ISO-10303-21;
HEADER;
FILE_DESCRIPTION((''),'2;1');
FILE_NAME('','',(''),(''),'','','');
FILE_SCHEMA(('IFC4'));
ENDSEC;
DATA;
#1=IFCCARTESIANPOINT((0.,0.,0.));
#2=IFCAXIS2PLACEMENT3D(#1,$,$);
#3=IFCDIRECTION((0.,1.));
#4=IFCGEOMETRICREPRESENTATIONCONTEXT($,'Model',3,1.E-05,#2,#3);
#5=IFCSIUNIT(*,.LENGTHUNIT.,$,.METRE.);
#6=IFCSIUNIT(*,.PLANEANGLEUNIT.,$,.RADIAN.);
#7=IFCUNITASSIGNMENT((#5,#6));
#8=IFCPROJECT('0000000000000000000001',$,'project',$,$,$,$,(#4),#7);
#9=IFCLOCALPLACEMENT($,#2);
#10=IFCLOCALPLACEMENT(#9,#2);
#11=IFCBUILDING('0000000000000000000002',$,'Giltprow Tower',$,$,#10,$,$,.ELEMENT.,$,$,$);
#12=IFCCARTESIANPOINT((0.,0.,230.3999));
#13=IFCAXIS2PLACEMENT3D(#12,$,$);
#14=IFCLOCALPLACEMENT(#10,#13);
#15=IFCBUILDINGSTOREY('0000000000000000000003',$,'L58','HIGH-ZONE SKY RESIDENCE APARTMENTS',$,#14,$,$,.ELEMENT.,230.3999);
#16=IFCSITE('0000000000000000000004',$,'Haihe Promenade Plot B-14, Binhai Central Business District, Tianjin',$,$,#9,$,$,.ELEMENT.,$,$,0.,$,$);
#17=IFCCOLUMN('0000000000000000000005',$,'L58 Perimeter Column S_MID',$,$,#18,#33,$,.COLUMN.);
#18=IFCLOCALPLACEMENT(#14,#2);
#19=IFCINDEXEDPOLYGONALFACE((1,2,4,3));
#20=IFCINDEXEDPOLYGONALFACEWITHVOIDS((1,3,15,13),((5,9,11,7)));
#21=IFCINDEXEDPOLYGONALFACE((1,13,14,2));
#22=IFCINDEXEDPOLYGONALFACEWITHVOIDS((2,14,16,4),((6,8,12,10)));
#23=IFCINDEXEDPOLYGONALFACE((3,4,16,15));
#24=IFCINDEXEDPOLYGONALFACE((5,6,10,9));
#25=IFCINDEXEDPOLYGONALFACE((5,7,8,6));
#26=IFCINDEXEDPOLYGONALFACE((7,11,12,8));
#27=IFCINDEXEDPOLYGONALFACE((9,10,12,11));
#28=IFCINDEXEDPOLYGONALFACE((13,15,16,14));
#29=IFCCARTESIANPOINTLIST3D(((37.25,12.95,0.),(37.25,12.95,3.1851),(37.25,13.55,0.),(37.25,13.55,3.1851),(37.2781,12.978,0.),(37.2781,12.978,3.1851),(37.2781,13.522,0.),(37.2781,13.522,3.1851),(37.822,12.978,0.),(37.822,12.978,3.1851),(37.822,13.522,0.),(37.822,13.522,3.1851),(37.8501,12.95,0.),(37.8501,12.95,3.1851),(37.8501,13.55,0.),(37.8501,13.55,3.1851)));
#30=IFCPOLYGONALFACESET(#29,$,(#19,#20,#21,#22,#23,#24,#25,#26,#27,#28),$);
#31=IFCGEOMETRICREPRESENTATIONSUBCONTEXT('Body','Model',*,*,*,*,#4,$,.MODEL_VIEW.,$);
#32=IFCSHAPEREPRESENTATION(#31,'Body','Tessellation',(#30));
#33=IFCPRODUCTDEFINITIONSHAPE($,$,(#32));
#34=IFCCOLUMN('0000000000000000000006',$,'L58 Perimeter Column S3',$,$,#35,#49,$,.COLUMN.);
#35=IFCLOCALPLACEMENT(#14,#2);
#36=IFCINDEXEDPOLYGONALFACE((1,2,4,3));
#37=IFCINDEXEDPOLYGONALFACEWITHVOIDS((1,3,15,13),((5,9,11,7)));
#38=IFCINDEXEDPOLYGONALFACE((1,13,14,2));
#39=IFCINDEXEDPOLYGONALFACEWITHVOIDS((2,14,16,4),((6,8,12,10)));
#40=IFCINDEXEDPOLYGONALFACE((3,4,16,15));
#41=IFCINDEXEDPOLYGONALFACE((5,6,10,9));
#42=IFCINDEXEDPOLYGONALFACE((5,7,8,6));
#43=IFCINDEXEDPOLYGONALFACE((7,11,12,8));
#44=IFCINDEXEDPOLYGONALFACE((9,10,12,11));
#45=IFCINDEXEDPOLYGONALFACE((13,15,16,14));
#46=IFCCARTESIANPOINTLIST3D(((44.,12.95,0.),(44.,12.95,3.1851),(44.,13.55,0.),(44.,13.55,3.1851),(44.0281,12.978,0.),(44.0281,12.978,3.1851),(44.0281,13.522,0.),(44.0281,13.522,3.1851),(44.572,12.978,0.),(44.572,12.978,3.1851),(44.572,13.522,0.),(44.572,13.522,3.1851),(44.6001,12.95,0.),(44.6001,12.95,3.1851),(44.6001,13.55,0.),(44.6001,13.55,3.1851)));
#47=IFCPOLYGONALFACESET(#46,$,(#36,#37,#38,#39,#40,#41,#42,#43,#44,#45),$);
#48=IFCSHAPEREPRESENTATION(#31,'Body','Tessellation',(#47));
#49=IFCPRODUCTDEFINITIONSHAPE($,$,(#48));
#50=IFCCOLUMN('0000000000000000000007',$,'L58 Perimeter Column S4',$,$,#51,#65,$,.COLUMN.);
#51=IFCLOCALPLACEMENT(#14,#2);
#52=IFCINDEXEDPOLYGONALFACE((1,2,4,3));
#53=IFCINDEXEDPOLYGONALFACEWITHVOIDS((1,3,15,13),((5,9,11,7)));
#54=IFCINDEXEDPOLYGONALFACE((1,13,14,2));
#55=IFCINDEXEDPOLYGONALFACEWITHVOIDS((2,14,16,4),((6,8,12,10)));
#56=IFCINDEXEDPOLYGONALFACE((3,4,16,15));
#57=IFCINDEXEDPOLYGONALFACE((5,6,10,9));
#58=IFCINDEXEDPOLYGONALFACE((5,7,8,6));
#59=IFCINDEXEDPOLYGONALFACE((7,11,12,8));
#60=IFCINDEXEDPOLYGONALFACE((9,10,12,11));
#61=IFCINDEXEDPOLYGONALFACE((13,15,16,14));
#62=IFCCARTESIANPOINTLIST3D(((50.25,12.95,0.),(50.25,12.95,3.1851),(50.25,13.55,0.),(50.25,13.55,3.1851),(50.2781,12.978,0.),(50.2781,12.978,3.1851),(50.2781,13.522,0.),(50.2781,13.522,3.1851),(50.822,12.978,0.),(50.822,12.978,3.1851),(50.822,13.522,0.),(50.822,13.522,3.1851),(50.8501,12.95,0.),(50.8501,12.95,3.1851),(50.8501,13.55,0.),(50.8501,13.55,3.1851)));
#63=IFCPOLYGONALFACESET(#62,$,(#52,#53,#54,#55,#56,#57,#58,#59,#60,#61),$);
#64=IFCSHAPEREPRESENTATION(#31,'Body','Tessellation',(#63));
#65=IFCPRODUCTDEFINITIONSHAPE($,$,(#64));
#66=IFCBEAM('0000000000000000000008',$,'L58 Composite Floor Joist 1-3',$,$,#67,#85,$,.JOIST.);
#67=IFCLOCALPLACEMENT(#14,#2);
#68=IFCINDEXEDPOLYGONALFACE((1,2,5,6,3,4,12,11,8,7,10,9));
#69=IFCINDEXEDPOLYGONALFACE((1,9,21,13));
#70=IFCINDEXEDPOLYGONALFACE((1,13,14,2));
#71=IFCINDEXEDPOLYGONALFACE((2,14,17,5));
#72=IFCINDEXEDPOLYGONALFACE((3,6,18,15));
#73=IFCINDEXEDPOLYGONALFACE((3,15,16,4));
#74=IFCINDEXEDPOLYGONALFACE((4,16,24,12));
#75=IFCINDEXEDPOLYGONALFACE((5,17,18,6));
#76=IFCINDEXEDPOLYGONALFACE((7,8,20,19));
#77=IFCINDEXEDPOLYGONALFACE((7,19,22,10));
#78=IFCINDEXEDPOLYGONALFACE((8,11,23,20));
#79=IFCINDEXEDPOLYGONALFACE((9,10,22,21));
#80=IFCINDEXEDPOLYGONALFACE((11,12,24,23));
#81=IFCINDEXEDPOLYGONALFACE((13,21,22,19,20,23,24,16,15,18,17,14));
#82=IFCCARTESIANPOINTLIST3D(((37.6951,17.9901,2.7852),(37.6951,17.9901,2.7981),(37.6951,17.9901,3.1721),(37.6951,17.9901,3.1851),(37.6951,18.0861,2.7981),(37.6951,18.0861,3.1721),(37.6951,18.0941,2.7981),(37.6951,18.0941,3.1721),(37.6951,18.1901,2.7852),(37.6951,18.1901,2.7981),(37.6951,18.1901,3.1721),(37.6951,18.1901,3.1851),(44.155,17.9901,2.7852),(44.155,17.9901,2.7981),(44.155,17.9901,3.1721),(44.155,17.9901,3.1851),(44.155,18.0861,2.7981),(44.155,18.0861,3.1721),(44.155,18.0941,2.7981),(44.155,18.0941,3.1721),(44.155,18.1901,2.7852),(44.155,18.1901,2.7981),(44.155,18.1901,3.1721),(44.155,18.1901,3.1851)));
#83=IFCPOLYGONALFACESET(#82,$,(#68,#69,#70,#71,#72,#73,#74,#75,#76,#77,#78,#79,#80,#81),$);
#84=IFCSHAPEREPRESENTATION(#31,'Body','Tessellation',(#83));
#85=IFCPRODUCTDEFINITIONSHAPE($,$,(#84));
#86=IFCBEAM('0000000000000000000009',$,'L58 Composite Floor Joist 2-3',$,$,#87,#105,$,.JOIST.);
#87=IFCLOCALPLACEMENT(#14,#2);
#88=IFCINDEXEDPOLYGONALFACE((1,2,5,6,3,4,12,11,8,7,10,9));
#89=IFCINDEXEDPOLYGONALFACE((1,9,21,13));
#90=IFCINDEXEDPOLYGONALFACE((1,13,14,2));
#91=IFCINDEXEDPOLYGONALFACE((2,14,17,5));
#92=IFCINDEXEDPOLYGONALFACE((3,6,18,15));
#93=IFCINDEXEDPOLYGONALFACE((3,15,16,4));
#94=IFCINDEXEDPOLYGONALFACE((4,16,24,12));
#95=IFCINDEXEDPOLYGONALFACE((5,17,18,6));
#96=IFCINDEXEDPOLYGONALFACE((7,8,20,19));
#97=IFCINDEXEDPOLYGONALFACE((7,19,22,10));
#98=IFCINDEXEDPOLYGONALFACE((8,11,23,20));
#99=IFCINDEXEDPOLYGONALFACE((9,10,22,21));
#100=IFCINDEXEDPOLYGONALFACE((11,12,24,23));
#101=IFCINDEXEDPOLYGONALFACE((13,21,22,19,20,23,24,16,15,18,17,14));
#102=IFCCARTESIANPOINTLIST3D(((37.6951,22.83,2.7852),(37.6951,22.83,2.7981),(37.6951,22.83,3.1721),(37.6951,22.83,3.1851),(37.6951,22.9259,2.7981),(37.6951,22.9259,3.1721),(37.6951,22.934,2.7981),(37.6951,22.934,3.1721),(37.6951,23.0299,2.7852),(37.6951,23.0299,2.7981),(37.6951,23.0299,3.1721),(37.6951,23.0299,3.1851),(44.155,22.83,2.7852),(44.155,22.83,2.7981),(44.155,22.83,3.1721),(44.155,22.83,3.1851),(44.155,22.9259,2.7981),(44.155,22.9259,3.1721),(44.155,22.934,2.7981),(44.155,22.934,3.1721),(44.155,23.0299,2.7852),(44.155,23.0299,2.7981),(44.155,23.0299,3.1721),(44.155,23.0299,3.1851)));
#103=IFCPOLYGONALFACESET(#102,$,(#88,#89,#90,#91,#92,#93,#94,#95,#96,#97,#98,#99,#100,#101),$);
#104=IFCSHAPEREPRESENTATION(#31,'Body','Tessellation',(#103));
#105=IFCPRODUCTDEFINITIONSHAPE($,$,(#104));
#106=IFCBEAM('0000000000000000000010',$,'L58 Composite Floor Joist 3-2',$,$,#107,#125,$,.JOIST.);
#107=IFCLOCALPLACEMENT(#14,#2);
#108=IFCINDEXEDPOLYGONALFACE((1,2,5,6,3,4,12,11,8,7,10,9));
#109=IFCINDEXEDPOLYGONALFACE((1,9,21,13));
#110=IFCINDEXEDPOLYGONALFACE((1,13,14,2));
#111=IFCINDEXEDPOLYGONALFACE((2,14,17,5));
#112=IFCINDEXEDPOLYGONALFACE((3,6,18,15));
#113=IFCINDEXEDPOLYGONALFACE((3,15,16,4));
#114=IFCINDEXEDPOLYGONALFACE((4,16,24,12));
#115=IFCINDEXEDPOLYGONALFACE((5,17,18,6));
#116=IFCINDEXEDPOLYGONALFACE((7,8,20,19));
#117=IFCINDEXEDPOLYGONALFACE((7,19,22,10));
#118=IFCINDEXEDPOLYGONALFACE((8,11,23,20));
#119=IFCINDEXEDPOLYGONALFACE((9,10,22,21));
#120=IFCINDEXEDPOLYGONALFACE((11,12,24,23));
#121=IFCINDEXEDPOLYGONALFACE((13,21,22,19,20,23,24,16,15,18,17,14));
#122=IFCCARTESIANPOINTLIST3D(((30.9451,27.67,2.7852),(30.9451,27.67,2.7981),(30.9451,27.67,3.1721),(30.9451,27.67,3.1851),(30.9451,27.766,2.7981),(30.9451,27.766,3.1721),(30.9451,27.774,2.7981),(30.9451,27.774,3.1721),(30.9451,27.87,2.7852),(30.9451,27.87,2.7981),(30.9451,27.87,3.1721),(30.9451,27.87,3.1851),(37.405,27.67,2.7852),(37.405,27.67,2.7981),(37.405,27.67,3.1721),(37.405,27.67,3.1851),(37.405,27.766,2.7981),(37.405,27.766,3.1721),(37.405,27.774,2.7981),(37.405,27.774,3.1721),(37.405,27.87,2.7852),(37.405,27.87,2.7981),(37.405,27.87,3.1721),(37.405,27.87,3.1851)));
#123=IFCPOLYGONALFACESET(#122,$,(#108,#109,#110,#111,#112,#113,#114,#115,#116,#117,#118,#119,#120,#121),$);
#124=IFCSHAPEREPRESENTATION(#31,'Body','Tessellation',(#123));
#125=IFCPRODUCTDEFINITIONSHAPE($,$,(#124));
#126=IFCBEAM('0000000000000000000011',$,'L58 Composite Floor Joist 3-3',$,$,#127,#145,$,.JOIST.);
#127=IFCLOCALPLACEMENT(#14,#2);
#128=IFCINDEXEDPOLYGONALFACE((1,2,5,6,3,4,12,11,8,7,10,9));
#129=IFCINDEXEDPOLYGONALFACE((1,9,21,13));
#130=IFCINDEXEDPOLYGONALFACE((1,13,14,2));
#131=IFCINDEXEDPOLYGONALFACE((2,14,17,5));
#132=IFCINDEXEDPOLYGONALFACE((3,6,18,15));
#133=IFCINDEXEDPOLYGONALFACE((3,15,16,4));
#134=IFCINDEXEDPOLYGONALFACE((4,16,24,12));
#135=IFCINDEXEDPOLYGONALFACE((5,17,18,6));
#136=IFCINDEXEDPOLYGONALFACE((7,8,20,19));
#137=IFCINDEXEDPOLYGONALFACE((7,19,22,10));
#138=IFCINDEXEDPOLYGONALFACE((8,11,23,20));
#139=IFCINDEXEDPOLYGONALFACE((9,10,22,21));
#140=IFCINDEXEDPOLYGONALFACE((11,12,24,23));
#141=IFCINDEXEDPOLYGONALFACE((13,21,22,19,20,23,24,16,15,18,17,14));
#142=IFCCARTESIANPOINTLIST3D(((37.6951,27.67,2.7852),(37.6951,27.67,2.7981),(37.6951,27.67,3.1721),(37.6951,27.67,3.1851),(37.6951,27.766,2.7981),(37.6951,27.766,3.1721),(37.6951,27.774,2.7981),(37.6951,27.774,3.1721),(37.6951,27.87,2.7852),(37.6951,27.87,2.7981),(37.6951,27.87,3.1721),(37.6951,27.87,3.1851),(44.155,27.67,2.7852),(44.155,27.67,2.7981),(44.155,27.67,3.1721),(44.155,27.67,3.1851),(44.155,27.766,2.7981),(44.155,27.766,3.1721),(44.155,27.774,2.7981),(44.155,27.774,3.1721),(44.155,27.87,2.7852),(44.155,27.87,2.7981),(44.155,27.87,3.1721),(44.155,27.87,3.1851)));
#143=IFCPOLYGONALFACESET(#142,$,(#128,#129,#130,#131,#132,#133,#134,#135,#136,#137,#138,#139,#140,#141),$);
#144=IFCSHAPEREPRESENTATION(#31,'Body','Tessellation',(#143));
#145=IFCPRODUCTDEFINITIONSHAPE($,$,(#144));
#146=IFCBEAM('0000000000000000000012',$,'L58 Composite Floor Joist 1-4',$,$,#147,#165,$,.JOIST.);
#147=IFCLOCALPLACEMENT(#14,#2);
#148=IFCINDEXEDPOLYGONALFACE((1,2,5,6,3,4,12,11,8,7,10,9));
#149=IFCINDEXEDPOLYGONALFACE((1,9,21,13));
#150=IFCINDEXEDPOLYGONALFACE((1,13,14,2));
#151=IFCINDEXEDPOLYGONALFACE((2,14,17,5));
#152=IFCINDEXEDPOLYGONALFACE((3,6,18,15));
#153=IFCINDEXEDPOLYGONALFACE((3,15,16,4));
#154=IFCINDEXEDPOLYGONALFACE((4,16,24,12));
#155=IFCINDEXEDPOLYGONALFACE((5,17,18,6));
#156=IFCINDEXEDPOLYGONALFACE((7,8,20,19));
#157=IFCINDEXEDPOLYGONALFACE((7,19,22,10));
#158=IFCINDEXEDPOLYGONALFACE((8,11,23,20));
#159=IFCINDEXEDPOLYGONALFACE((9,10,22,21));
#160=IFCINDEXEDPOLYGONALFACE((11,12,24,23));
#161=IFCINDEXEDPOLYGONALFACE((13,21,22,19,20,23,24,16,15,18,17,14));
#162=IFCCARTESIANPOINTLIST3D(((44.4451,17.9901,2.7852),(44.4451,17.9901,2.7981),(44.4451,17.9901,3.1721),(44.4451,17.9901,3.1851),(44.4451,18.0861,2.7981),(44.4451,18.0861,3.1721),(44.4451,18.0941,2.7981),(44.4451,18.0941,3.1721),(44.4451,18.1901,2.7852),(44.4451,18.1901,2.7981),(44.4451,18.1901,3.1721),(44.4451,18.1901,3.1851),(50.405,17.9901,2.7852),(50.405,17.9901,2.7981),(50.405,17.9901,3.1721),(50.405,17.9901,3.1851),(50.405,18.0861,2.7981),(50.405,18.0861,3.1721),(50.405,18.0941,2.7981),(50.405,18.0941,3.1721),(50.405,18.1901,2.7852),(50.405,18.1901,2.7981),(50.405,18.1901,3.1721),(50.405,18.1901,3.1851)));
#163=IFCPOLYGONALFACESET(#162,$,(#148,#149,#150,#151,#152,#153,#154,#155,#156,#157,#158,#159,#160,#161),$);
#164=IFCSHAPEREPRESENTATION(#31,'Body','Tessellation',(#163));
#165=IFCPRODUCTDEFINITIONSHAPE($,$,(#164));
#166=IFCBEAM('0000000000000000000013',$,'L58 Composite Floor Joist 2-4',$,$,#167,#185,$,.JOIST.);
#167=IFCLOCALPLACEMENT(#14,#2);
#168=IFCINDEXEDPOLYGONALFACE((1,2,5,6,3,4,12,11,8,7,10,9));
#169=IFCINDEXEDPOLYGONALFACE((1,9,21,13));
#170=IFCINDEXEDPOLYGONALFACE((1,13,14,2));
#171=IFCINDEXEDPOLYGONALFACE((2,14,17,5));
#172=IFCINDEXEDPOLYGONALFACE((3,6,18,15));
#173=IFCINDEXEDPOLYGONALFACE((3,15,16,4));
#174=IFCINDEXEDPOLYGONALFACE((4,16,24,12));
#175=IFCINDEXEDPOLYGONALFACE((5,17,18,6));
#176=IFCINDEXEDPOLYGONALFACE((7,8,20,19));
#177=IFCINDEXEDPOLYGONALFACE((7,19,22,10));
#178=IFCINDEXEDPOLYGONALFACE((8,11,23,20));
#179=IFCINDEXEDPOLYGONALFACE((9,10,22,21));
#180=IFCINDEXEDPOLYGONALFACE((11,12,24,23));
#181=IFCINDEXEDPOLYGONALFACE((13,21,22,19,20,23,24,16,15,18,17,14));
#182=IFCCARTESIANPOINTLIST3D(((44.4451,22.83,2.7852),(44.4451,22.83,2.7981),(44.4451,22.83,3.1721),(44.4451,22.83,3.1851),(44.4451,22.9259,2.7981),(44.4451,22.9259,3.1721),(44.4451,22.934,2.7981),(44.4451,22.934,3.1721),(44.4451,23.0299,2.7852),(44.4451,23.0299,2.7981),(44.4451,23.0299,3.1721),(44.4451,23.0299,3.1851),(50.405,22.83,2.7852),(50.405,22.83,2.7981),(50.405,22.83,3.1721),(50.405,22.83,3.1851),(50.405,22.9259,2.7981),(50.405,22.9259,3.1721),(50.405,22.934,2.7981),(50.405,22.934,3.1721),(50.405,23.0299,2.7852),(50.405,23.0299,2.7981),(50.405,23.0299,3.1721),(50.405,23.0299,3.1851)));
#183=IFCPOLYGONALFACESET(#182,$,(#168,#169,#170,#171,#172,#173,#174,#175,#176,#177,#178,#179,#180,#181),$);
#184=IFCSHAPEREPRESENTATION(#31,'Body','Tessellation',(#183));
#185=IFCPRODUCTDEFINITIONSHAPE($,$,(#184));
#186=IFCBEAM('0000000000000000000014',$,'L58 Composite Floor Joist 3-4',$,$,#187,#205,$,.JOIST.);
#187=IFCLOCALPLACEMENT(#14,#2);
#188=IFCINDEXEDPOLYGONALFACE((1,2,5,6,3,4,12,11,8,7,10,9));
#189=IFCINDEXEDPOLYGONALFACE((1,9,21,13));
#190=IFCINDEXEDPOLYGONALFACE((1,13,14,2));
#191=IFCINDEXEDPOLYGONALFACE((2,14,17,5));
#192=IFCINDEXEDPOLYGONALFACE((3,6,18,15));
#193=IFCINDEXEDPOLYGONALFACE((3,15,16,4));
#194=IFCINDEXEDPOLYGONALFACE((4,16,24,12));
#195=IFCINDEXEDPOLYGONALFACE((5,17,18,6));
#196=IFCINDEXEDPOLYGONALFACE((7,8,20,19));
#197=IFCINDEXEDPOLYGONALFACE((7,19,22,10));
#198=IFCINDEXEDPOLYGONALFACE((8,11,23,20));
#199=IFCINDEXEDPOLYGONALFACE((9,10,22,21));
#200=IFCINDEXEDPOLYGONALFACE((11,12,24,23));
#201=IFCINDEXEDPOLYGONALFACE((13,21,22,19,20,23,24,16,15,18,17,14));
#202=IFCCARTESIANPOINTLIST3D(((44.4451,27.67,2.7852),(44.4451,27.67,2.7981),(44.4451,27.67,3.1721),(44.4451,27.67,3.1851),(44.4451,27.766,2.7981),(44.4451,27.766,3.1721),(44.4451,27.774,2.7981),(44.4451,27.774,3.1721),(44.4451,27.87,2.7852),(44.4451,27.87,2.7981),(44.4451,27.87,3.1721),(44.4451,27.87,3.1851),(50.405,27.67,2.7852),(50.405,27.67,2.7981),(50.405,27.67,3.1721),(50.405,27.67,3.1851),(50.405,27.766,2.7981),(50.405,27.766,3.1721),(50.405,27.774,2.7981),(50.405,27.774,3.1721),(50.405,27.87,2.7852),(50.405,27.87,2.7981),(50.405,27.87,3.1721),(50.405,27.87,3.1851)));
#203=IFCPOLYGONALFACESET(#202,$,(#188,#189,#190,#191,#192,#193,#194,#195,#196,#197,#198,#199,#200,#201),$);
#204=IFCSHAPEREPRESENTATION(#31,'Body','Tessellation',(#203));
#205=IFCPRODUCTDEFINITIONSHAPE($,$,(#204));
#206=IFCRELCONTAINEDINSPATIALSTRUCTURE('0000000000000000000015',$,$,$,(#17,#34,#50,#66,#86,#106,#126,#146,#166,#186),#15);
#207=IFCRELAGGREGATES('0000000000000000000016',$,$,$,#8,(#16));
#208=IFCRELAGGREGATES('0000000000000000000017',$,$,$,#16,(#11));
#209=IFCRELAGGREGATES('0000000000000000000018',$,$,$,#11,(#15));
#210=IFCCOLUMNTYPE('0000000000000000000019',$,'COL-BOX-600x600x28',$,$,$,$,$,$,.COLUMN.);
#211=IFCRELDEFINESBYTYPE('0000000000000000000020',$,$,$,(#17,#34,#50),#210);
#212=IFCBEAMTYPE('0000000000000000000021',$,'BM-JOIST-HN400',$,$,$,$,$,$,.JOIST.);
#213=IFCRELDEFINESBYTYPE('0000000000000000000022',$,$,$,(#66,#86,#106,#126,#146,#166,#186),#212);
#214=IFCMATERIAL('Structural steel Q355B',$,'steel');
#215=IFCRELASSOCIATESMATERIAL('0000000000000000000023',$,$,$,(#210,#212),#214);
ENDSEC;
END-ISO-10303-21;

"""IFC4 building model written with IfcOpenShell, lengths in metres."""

from ifc_helpers import new_model, si_unit, direction, frame, origin, origin_2d, place, context, subcontext, project, spatial, hollow_rectangle, i_section, extrude, source, transform, mapped, material, material_profile, profile_set, type_object, element, save


model = new_model("IFC4")

# Units and contexts
model_context = context("Model", 3, precision=1e-05, world=origin(), true_north=direction((0.0, 1.0)))
body_context = subcontext(model_context, "Body", "Model", "MODEL_VIEW")
ifc_project = project(units=[si_unit("LENGTHUNIT", "METRE"), si_unit("PLANEANGLEUNIT", "RADIAN")], contexts=[model_context])

# Site, building, storey
site_placement = place(None, origin())
site = spatial("IfcSite", under=ifc_project, at=site_placement, Name="Haihe Promenade Plot B-14, Binhai Central Business District, Tianjin", CompositionType="ELEMENT", RefElevation=0.0)
building_placement = place(site_placement, origin())
building = spatial("IfcBuilding", under=site, at=building_placement, Name="Giltprow Tower", CompositionType="ELEMENT")
storey_placement = place(building_placement, frame((0.0, 0.0, 230.3999)))
storey = spatial("IfcBuildingStorey", under=building, at=storey_placement, Name="L58", Description="HIGH-ZONE SKY RESIDENCE APARTMENTS", CompositionType="ELEMENT", Elevation=230.3999)

# Columns
ifc_material_1 = material(Name="Structural steel Q355B", Category="steel")
ifc_material_profile_1 = material_profile(ifc_material_1, hollow_rectangle(XDim=0.6001, YDim=0.6001, WallThickness=0.0281, at=origin_2d()), Name="BOX 600x600x28")
ifc_profile_set_1 = profile_set([ifc_material_profile_1], Name="Structural steel Q355B")
column_type = type_object("IfcColumnType", Name="COL-BOX-600x600x28", PredefinedType="COLUMN", material=ifc_profile_set_1)
shared_shape_1 = source(origin(), body_context, "Body", "SweptSolid", [
    extrude(hollow_rectangle(XDim=0.6001, YDim=0.6001, WallThickness=0.0281, at=origin_2d()), origin(), (0.0, 0.0, 1.0), 3.1851),
])
for number, where, z_axis, x_axis, name in (
    (1, (37.55, 13.25, 0.0), (0.0, 0.0, 1.0), (1.0, 0.0, 0.0), "L58 Perimeter Column S_MID"),
    (2, (44.3, 13.25, 0.0), (0.0, 0.0, 1.0), (1.0, 0.0, 0.0), "L58 Perimeter Column S3"),
    (3, (50.55, 13.25, 0.0), (0.0, 0.0, 1.0), (1.0, 0.0, 0.0), "L58 Perimeter Column S4"),
):
    element("IfcColumn", number, at=place(storey_placement, frame(where, z_axis=z_axis, x_axis=x_axis)), inside=storey, type_object=column_type, Name=name, PredefinedType="COLUMN", context=body_context, shape_type="MappedRepresentation", body=[
        mapped(shared_shape_1, transform((0.0, 0.0, 0.0), x_axis=(1.0, 0.0, 0.0), y_axis=(0.0, 1.0, 0.0), z_axis=(0.0, 0.0, 1.0), scale=1.0)),
    ])

# Beams
ifc_material_profile_2 = material_profile(ifc_material_1, i_section(OverallWidth=0.2, OverallDepth=0.3999, WebThickness=0.0081, FlangeThickness=0.0129, at=origin_2d()), Name="HN 400x200x8x13")
ifc_profile_set_2 = profile_set([ifc_material_profile_2], Name="Structural steel Q355B")
beam_type_1 = type_object("IfcBeamType", Name="BM-JOIST-HN400", PredefinedType="JOIST", material=ifc_profile_set_2)
shared_shape_2 = source(origin(), body_context, "Body", "SweptSolid", [
    extrude(i_section(OverallWidth=0.2, OverallDepth=0.3999, WebThickness=0.0081, FlangeThickness=0.0129, at=origin_2d()), origin(), (0.0, 0.0, 1.0), 6.46),
])
for number, where, z_axis, x_axis, name in (
    (4, (37.6951, 18.0901, 2.9851), (1.0, 0.0, 0.0), (0.0, 1.0, 0.0), "L58 Composite Floor Joist 1-3"),
    (5, (37.6951, 22.9299, 2.9851), (1.0, 0.0, 0.0), (0.0, 1.0, 0.0), "L58 Composite Floor Joist 2-3"),
    (6, (30.9451, 27.77, 2.9851), (1.0, 0.0, 0.0), (0.0, 1.0, 0.0), "L58 Composite Floor Joist 3-2"),
    (7, (37.6951, 27.77, 2.9851), (1.0, 0.0, 0.0), (0.0, 1.0, 0.0), "L58 Composite Floor Joist 3-3"),
):
    element("IfcBeam", number, at=place(storey_placement, frame(where, z_axis=z_axis, x_axis=x_axis)), inside=storey, type_object=beam_type_1, Name=name, PredefinedType="JOIST", context=body_context, shape_type="MappedRepresentation", body=[
        mapped(shared_shape_2, transform((0.0, 0.0, 0.0), x_axis=(1.0, 0.0, 0.0), y_axis=(0.0, 1.0, 0.0), z_axis=(0.0, 0.0, 1.0), scale=1.0)),
    ])
shared_shape_3 = source(origin(), body_context, "Body", "SweptSolid", [
    extrude(i_section(OverallWidth=0.2, OverallDepth=0.3999, WebThickness=0.0081, FlangeThickness=0.0129, at=origin_2d()), origin(), (0.0, 0.0, 1.0), 5.96),
])
for number, where, z_axis, x_axis, name in (
    (8, (44.4451, 18.0901, 2.9851), (1.0, 0.0, 0.0), (0.0, 1.0, 0.0), "L58 Composite Floor Joist 1-4"),
    (9, (44.4451, 22.9299, 2.9851), (1.0, 0.0, 0.0), (0.0, 1.0, 0.0), "L58 Composite Floor Joist 2-4"),
    (10, (44.4451, 27.77, 2.9851), (1.0, 0.0, 0.0), (0.0, 1.0, 0.0), "L58 Composite Floor Joist 3-4"),
):
    element("IfcBeam", number, at=place(storey_placement, frame(where, z_axis=z_axis, x_axis=x_axis)), inside=storey, type_object=beam_type_1, Name=name, PredefinedType="JOIST", context=body_context, shape_type="MappedRepresentation", body=[
        mapped(shared_shape_3, transform((0.0, 0.0, 0.0), x_axis=(1.0, 0.0, 0.0), y_axis=(0.0, 1.0, 0.0), z_axis=(0.0, 0.0, 1.0), scale=1.0)),
    ])

save(model, "model.ifc")
